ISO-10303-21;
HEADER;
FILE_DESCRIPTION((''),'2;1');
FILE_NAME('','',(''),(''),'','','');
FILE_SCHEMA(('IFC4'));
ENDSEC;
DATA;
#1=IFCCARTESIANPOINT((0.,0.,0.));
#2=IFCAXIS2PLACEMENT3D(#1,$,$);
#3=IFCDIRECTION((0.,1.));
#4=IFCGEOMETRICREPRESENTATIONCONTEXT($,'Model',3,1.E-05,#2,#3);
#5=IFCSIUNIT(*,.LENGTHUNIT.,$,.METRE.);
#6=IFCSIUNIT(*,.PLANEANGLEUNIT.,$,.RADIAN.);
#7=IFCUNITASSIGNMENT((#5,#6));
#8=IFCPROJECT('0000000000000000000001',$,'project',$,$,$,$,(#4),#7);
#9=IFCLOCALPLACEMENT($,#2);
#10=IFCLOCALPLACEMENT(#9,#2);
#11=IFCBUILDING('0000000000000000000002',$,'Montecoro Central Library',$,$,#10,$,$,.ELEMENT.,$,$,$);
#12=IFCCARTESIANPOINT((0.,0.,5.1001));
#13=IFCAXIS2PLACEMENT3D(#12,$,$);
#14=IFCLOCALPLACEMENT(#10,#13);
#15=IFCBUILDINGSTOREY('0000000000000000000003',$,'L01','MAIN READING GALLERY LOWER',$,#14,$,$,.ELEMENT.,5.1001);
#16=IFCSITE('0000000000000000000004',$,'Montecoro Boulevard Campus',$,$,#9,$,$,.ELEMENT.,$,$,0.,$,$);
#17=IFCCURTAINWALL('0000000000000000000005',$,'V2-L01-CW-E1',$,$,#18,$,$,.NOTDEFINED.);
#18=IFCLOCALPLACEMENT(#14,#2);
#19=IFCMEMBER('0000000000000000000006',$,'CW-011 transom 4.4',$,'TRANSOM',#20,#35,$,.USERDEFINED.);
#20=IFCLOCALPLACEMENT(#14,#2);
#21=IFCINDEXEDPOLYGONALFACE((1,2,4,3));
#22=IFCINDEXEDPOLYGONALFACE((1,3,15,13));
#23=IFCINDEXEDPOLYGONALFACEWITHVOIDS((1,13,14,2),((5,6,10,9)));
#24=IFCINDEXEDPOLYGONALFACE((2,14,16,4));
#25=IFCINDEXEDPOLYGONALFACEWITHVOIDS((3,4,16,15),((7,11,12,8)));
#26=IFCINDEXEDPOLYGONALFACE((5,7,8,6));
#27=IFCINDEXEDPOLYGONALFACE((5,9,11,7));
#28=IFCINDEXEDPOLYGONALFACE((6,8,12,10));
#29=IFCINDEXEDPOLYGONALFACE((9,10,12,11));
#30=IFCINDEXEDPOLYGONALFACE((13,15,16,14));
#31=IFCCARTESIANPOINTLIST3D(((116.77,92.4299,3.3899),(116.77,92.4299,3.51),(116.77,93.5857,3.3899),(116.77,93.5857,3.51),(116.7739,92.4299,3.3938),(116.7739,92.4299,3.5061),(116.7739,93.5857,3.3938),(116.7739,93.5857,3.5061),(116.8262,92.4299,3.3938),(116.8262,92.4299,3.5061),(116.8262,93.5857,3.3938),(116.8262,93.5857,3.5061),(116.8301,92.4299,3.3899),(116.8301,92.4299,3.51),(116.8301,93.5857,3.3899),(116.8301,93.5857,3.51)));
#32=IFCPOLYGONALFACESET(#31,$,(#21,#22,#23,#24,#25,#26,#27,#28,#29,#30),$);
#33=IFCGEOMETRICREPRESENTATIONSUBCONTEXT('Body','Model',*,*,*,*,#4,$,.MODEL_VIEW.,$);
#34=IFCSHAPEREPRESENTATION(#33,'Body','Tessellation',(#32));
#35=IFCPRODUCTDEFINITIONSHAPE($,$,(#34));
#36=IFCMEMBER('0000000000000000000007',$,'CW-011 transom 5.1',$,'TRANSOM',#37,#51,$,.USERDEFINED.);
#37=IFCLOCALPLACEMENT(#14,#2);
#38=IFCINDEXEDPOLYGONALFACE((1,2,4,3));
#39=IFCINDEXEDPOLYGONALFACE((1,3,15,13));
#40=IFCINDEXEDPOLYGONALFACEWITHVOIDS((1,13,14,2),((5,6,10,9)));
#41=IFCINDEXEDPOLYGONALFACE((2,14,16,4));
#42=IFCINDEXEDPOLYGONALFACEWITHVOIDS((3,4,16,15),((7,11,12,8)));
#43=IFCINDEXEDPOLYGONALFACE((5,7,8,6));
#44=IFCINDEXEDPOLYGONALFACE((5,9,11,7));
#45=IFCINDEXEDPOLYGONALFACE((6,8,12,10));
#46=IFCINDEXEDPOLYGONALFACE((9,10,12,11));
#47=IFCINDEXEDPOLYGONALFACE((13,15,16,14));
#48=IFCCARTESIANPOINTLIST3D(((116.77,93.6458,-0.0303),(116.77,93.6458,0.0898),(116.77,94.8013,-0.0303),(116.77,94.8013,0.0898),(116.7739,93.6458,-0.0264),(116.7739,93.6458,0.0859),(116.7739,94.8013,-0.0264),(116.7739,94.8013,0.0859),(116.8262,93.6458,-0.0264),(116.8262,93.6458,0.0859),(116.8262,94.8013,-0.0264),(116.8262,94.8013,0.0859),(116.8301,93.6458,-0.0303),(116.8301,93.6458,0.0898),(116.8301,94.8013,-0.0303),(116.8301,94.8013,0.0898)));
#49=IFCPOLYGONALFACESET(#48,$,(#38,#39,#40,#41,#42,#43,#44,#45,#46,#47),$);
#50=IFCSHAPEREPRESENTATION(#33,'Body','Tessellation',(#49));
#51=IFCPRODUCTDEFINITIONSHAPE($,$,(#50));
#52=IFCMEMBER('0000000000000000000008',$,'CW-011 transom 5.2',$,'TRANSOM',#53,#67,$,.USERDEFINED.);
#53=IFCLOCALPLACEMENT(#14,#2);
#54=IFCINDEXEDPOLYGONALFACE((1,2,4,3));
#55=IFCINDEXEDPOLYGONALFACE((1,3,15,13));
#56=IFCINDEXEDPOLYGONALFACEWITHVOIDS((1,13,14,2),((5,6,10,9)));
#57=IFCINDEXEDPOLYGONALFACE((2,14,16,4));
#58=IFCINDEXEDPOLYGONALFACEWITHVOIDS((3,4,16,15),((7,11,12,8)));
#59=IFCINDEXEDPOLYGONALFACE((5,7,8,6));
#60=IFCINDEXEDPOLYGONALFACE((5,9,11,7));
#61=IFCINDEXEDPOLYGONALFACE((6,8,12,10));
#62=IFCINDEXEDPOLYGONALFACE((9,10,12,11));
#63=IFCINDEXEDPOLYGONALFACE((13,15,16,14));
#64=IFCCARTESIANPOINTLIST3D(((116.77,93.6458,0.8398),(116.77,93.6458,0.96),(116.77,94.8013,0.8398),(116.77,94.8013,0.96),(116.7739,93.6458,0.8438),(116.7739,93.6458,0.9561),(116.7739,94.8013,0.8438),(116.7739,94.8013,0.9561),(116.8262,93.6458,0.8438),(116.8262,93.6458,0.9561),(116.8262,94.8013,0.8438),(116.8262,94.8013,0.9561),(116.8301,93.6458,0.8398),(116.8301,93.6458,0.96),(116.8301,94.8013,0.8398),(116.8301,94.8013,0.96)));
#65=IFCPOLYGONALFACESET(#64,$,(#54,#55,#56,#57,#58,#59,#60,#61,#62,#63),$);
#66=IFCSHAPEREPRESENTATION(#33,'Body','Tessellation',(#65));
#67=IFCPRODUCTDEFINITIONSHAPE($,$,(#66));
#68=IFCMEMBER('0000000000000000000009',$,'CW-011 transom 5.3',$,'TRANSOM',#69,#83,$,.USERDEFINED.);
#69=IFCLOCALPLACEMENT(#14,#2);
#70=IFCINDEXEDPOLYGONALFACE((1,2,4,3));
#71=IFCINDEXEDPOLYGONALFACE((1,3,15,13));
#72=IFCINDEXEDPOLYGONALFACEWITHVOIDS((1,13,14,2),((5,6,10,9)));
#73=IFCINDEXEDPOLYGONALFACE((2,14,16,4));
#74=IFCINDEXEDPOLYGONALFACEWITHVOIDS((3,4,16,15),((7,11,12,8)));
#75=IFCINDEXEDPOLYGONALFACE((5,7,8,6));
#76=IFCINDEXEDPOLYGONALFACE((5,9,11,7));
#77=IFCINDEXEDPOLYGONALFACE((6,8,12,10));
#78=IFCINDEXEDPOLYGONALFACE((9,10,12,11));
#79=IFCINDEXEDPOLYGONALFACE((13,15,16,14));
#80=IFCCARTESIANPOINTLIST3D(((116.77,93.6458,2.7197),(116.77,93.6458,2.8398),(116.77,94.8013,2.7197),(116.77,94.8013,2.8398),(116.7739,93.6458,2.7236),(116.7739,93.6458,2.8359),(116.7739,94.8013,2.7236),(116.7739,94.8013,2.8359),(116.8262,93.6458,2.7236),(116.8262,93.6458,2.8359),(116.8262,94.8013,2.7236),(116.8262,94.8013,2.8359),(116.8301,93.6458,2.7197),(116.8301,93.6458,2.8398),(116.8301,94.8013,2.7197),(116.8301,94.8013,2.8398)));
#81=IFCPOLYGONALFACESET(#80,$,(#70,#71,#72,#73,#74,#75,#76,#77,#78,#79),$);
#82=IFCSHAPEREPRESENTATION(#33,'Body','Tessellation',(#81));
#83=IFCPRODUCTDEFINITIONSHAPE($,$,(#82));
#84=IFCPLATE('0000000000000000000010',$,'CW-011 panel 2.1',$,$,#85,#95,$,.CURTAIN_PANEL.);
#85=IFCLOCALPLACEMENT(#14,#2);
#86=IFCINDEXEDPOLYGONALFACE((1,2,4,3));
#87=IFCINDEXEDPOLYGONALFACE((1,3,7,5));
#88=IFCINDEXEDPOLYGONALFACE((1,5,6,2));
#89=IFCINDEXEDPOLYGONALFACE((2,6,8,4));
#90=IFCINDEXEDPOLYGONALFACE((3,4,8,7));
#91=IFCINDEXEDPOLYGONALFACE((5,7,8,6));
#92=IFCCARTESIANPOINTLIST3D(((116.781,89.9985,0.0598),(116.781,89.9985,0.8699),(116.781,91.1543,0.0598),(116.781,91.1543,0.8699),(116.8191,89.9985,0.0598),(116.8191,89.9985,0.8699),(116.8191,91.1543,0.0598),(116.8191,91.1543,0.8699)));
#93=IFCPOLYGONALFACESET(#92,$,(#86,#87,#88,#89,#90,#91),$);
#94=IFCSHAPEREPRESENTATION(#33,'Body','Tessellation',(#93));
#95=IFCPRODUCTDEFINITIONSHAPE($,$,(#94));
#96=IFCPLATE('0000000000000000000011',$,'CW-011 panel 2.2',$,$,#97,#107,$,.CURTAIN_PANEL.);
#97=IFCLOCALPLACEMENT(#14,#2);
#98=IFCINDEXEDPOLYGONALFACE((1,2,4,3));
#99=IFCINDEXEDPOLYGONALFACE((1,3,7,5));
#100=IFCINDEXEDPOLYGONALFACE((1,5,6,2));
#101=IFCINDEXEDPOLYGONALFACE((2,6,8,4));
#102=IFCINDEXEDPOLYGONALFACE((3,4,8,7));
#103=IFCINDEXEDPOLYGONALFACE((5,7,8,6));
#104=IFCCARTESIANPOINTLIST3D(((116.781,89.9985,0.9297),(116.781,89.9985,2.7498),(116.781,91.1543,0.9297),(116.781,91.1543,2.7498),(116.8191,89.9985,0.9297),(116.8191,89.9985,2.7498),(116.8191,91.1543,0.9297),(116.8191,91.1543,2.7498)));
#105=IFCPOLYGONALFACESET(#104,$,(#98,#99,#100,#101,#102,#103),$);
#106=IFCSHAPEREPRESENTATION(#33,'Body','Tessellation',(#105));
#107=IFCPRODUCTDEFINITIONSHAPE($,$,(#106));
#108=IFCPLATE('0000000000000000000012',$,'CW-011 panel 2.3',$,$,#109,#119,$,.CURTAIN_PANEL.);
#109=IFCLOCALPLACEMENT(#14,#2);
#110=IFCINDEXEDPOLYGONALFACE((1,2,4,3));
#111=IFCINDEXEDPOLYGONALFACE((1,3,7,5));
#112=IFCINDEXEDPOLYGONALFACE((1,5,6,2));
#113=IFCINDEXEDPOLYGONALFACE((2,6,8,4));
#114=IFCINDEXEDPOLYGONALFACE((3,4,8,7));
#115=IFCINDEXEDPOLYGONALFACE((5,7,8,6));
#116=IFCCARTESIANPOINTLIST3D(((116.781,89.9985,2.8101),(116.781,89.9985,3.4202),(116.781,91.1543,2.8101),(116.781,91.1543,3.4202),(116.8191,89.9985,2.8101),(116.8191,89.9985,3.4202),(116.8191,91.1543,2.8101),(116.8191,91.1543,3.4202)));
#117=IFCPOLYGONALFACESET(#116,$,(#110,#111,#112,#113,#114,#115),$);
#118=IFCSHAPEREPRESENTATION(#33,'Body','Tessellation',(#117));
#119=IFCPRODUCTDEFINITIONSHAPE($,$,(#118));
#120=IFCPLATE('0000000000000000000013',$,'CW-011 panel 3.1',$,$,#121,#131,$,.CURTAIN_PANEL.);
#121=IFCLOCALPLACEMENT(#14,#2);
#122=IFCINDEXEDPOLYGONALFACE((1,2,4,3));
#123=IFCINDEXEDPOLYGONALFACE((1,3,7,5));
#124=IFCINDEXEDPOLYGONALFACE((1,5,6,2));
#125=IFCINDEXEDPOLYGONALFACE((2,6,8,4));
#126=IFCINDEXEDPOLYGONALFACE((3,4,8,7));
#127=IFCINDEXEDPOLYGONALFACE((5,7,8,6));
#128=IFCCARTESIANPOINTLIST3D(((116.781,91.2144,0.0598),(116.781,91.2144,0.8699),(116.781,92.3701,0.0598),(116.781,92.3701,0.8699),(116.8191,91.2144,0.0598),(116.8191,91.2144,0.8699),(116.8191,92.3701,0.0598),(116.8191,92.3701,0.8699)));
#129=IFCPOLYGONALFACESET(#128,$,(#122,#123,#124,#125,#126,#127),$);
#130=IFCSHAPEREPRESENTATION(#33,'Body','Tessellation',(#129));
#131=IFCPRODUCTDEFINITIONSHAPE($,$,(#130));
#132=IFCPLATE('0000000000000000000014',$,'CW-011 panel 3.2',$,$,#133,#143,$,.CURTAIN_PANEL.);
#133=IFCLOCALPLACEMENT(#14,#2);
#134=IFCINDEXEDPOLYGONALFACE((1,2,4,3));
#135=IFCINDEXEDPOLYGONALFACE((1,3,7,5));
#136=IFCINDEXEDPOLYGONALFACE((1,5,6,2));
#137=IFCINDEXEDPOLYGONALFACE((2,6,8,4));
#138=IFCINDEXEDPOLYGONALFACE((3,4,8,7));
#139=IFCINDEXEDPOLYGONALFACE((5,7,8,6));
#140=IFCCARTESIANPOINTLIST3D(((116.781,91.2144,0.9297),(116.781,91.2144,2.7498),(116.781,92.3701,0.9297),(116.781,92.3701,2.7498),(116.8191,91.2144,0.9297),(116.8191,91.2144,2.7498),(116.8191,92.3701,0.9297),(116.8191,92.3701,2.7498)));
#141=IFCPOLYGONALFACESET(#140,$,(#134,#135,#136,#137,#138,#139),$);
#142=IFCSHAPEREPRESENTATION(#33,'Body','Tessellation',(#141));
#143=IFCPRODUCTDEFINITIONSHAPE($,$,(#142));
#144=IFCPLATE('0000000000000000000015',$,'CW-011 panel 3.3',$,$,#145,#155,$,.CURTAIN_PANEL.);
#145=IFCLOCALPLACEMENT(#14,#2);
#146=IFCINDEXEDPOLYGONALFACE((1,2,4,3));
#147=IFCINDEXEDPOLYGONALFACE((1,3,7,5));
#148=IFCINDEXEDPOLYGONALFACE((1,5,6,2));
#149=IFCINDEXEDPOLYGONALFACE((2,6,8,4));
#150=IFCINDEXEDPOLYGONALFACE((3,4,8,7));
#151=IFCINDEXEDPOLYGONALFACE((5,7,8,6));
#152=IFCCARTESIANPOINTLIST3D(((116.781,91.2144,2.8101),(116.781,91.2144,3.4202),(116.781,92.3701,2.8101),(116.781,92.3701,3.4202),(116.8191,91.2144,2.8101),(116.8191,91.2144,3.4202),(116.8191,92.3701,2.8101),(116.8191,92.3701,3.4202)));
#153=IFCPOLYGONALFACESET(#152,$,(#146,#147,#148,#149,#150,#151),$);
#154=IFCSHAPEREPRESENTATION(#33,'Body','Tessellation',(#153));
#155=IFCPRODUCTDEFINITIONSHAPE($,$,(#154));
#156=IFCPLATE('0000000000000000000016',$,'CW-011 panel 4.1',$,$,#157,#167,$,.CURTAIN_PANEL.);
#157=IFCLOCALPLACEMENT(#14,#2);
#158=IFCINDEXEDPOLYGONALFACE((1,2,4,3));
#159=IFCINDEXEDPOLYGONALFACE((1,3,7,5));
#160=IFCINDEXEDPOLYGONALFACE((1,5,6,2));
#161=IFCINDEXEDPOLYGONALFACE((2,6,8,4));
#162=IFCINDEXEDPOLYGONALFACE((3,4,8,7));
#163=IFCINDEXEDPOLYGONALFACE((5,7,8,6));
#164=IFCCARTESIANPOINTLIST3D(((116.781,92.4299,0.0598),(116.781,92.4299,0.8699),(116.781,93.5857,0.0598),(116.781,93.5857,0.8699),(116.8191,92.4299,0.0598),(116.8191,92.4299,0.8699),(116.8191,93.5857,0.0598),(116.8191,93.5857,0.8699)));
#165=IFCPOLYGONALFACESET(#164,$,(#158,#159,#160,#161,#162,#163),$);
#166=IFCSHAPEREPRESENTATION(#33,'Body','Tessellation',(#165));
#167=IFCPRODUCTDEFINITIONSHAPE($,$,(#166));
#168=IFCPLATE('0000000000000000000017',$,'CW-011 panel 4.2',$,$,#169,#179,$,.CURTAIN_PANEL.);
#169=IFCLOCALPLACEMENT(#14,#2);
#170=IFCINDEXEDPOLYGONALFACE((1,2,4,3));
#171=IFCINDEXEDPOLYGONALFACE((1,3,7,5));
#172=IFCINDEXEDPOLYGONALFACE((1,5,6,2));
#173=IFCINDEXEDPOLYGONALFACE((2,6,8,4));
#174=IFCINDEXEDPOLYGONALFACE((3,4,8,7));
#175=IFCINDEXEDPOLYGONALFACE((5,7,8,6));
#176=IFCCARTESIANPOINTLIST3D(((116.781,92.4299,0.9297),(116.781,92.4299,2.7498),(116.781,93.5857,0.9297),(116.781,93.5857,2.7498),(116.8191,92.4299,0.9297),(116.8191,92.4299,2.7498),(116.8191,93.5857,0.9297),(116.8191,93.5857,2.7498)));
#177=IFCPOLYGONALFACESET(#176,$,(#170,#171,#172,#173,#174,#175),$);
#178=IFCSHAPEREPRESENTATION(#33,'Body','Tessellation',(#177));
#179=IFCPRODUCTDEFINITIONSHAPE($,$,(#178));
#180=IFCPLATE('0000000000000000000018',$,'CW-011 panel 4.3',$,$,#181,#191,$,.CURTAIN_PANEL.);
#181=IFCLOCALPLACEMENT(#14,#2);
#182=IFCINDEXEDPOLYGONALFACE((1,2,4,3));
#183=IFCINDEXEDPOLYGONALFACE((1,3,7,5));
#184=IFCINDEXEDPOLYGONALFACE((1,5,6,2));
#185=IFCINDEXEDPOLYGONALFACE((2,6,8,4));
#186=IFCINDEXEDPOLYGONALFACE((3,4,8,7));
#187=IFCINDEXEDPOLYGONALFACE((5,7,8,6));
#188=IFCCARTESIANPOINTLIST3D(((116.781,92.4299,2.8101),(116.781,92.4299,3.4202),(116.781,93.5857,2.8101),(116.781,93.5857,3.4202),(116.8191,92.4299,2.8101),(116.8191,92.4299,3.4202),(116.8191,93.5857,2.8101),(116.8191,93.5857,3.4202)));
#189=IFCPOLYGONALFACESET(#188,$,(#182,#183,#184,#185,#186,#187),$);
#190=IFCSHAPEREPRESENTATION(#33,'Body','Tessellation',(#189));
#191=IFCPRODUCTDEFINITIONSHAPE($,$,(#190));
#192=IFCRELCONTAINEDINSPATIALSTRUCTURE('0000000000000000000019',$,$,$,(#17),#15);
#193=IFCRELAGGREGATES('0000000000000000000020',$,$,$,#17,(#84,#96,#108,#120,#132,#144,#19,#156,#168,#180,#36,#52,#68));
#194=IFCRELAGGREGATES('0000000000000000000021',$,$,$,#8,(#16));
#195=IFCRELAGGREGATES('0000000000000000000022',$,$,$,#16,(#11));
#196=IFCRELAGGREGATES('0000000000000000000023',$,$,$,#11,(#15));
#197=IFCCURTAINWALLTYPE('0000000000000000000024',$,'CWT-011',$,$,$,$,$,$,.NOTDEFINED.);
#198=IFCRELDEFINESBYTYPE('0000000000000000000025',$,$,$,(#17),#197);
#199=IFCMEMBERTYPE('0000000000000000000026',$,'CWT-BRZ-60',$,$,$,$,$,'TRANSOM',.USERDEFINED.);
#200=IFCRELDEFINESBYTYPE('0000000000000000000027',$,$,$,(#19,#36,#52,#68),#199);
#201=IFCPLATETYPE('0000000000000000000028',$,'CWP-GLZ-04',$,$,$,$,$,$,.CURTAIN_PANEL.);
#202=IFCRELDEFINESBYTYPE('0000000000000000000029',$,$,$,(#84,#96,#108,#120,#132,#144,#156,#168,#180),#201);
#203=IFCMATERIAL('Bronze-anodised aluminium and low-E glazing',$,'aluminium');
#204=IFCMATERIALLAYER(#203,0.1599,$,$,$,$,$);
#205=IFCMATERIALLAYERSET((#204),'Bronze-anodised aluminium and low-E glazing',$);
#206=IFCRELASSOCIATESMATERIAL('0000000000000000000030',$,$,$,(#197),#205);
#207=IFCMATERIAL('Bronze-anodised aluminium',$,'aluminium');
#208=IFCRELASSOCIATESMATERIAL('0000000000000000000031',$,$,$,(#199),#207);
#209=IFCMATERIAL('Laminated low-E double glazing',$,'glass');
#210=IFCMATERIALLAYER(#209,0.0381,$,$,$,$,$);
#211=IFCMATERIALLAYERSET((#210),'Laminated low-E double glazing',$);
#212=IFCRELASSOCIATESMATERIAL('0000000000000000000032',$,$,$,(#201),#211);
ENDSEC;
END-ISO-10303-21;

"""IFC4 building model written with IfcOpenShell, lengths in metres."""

from ifc_helpers import new_model, si_unit, direction, frame, origin, origin_2d, place, context, subcontext, project, spatial, rectangle, hollow_rectangle, extrude, material, layer, layer_set, material_profile, profile_set, type_object, element, aggregate, save


model = new_model("IFC4")

# Units and contexts
model_context = context("Model", 3, precision=1e-05, world=origin(), true_north=direction((0.0, 1.0)))
body_context = subcontext(model_context, "Body", "Model", "MODEL_VIEW")
ifc_project = project(units=[si_unit("LENGTHUNIT", "METRE"), si_unit("PLANEANGLEUNIT", "RADIAN")], contexts=[model_context])

# Site, building, storey
site_placement = place(None, origin())
site = spatial("IfcSite", under=ifc_project, at=site_placement, Name="Montecoro Boulevard Campus", CompositionType="ELEMENT", RefElevation=0.0)
building_placement = place(site_placement, origin())
building = spatial("IfcBuilding", under=site, at=building_placement, Name="Montecoro Central Library", CompositionType="ELEMENT")
storey_placement = place(building_placement, frame((0.0, 0.0, 5.1001)))
storey = spatial("IfcBuildingStorey", under=building, at=storey_placement, Name="L01", Description="MAIN READING GALLERY LOWER", CompositionType="ELEMENT", Elevation=5.1001)

# Curtain wall, members, plates
ifc_material_1 = material(Name="Bronze-anodised aluminium and low-E glazing", Category="aluminium")
ifc_layer_1 = layer(ifc_material_1, 0.1599)
ifc_layer_set_1 = layer_set([ifc_layer_1], Name="Bronze-anodised aluminium and low-E glazing")
curtain_wall_type = type_object("IfcCurtainWallType", Name="CWT-011", PredefinedType="NOTDEFINED", material=ifc_layer_set_1)
curtain_wall_placement = place(storey_placement, origin())
curtain_wall = element("IfcCurtainWall", 1, at=curtain_wall_placement, inside=storey, type_object=curtain_wall_type, Name="V2-L01-CW-E1", PredefinedType="NOTDEFINED")
ifc_material_2 = material(Name="Bronze-anodised aluminium", Category="aluminium")
ifc_material_profile_1 = material_profile(ifc_material_2, hollow_rectangle(XDim=0.0601, YDim=0.1201, WallThickness=0.0039, at=origin_2d()), Name="CWT 120x60x4.0")
ifc_profile_set_1 = profile_set([ifc_material_profile_1], Name="Bronze-anodised aluminium")
member_type_1 = type_object("IfcMemberType", Name="CWT-BRZ-60", ElementType="TRANSOM", PredefinedType="USERDEFINED", material=ifc_profile_set_1)
member_1_placement = place(storey_placement, frame((116.8, 92.4299, 3.45), z_axis=(0.0, 1.0, 0.0), x_axis=(-1.0, 0.0, 0.0)))
member_1 = element("IfcMember", 2, at=member_1_placement, type_object=member_type_1, Name="CW-011 transom 4.4", ObjectType="TRANSOM", PredefinedType="USERDEFINED", context=body_context, shape_type="SweptSolid", body=[
    extrude(hollow_rectangle(XDim=0.0601, YDim=0.1201, WallThickness=0.0039, at=origin_2d()), origin(), (0.0, 0.0, 1.0), 1.1558),
])
member_2_placement = place(storey_placement, frame((116.8, 93.6458, 0.0298), z_axis=(0.0, 1.0, 0.0), x_axis=(-1.0, 0.0, 0.0)))
member_2 = element("IfcMember", 3, at=member_2_placement, type_object=member_type_1, Name="CW-011 transom 5.1", ObjectType="TRANSOM", PredefinedType="USERDEFINED", context=body_context, shape_type="SweptSolid", body=[
    extrude(hollow_rectangle(XDim=0.0601, YDim=0.1201, WallThickness=0.0039, at=origin_2d()), origin(), (0.0, 0.0, 1.0), 1.1555),
])
member_3_placement = place(storey_placement, frame((116.8, 93.6458, 0.8999), z_axis=(0.0, 1.0, 0.0), x_axis=(-1.0, 0.0, 0.0)))
member_3 = element("IfcMember", 4, at=member_3_placement, type_object=member_type_1, Name="CW-011 transom 5.2", ObjectType="TRANSOM", PredefinedType="USERDEFINED", context=body_context, shape_type="SweptSolid", body=[
    extrude(hollow_rectangle(XDim=0.0601, YDim=0.1201, WallThickness=0.0039, at=origin_2d()), origin(), (0.0, 0.0, 1.0), 1.1555),
])
member_4_placement = place(storey_placement, frame((116.8, 93.6458, 2.7798), z_axis=(0.0, 1.0, 0.0), x_axis=(-1.0, 0.0, 0.0)))
member_4 = element("IfcMember", 5, at=member_4_placement, type_object=member_type_1, Name="CW-011 transom 5.3", ObjectType="TRANSOM", PredefinedType="USERDEFINED", context=body_context, shape_type="SweptSolid", body=[
    extrude(hollow_rectangle(XDim=0.0601, YDim=0.1201, WallThickness=0.0039, at=origin_2d()), origin(), (0.0, 0.0, 1.0), 1.1555),
])
ifc_material_3 = material(Name="Laminated low-E double glazing", Category="glass")
ifc_layer_2 = layer(ifc_material_3, 0.0381)
ifc_layer_set_2 = layer_set([ifc_layer_2], Name="Laminated low-E double glazing")
plate_type = type_object("IfcPlateType", Name="CWP-GLZ-04", PredefinedType="CURTAIN_PANEL", material=ifc_layer_set_2)
plate_1_placement = place(storey_placement, frame((116.8, 90.5764, 0.0598), z_axis=(0.0, 0.0, 1.0), x_axis=(0.0, 1.0, 0.0)))
plate_1 = element("IfcPlate", 6, at=plate_1_placement, type_object=plate_type, Name="CW-011 panel 2.1", PredefinedType="CURTAIN_PANEL", context=body_context, shape_type="SweptSolid", body=[
    extrude(rectangle(XDim=1.1558, YDim=0.0381, at=origin_2d()), origin(), (0.0, 0.0, 1.0), 0.8101),
])
plate_2_placement = place(storey_placement, frame((116.8, 90.5764, 0.9297), z_axis=(0.0, 0.0, 1.0), x_axis=(0.0, 1.0, 0.0)))
plate_2 = element("IfcPlate", 7, at=plate_2_placement, type_object=plate_type, Name="CW-011 panel 2.2", PredefinedType="CURTAIN_PANEL", context=body_context, shape_type="SweptSolid", body=[
    extrude(rectangle(XDim=1.1558, YDim=0.0381, at=origin_2d()), origin(), (0.0, 0.0, 1.0), 1.8201),
])
plate_3_placement = place(storey_placement, frame((116.8, 90.5764, 2.8101), z_axis=(0.0, 0.0, 1.0), x_axis=(0.0, 1.0, 0.0)))
plate_3 = element("IfcPlate", 8, at=plate_3_placement, type_object=plate_type, Name="CW-011 panel 2.3", PredefinedType="CURTAIN_PANEL", context=body_context, shape_type="SweptSolid", body=[
    extrude(rectangle(XDim=1.1558, YDim=0.0381, at=origin_2d()), origin(), (0.0, 0.0, 1.0), 0.6101),
])
plate_4_placement = place(storey_placement, frame((116.8, 91.7922, 0.0598), z_axis=(0.0, 0.0, 1.0), x_axis=(0.0, 1.0, 0.0)))
plate_4 = element("IfcPlate", 9, at=plate_4_placement, type_object=plate_type, Name="CW-011 panel 3.1", PredefinedType="CURTAIN_PANEL", context=body_context, shape_type="SweptSolid", body=[
    extrude(rectangle(XDim=1.1558, YDim=0.0381, at=origin_2d()), origin(), (0.0, 0.0, 1.0), 0.8101),
])
plate_5_placement = place(storey_placement, frame((116.8, 91.7922, 0.9297), z_axis=(0.0, 0.0, 1.0), x_axis=(0.0, 1.0, 0.0)))
plate_5 = element("IfcPlate", 10, at=plate_5_placement, type_object=plate_type, Name="CW-011 panel 3.2", PredefinedType="CURTAIN_PANEL", context=body_context, shape_type="SweptSolid", body=[
    extrude(rectangle(XDim=1.1558, YDim=0.0381, at=origin_2d()), origin(), (0.0, 0.0, 1.0), 1.8201),
])
plate_6_placement = place(storey_placement, frame((116.8, 91.7922, 2.8101), z_axis=(0.0, 0.0, 1.0), x_axis=(0.0, 1.0, 0.0)))
plate_6 = element("IfcPlate", 11, at=plate_6_placement, type_object=plate_type, Name="CW-011 panel 3.3", PredefinedType="CURTAIN_PANEL", context=body_context, shape_type="SweptSolid", body=[
    extrude(rectangle(XDim=1.1558, YDim=0.0381, at=origin_2d()), origin(), (0.0, 0.0, 1.0), 0.6101),
])
plate_7_placement = place(storey_placement, frame((116.8, 93.0078, 0.0598), z_axis=(0.0, 0.0, 1.0), x_axis=(0.0, 1.0, 0.0)))
plate_7 = element("IfcPlate", 12, at=plate_7_placement, type_object=plate_type, Name="CW-011 panel 4.1", PredefinedType="CURTAIN_PANEL", context=body_context, shape_type="SweptSolid", body=[
    extrude(rectangle(XDim=1.1558, YDim=0.0381, at=origin_2d()), origin(), (0.0, 0.0, 1.0), 0.8101),
])
plate_8_placement = place(storey_placement, frame((116.8, 93.0078, 0.9297), z_axis=(0.0, 0.0, 1.0), x_axis=(0.0, 1.0, 0.0)))
plate_8 = element("IfcPlate", 13, at=plate_8_placement, type_object=plate_type, Name="CW-011 panel 4.2", PredefinedType="CURTAIN_PANEL", context=body_context, shape_type="SweptSolid", body=[
    extrude(rectangle(XDim=1.1558, YDim=0.0381, at=origin_2d()), origin(), (0.0, 0.0, 1.0), 1.8201),
])
plate_9_placement = place(storey_placement, frame((116.8, 93.0078, 2.8101), z_axis=(0.0, 0.0, 1.0), x_axis=(0.0, 1.0, 0.0)))
plate_9 = element("IfcPlate", 14, at=plate_9_placement, type_object=plate_type, Name="CW-011 panel 4.3", PredefinedType="CURTAIN_PANEL", context=body_context, shape_type="SweptSolid", body=[
    extrude(rectangle(XDim=1.1558, YDim=0.0381, at=origin_2d()), origin(), (0.0, 0.0, 1.0), 0.6101),
])
aggregate(curtain_wall, [plate_1, plate_2, plate_3, plate_4, plate_5, plate_6, member_1, plate_7, plate_8, plate_9, member_2, member_3, member_4])

save(model, "model.ifc")
